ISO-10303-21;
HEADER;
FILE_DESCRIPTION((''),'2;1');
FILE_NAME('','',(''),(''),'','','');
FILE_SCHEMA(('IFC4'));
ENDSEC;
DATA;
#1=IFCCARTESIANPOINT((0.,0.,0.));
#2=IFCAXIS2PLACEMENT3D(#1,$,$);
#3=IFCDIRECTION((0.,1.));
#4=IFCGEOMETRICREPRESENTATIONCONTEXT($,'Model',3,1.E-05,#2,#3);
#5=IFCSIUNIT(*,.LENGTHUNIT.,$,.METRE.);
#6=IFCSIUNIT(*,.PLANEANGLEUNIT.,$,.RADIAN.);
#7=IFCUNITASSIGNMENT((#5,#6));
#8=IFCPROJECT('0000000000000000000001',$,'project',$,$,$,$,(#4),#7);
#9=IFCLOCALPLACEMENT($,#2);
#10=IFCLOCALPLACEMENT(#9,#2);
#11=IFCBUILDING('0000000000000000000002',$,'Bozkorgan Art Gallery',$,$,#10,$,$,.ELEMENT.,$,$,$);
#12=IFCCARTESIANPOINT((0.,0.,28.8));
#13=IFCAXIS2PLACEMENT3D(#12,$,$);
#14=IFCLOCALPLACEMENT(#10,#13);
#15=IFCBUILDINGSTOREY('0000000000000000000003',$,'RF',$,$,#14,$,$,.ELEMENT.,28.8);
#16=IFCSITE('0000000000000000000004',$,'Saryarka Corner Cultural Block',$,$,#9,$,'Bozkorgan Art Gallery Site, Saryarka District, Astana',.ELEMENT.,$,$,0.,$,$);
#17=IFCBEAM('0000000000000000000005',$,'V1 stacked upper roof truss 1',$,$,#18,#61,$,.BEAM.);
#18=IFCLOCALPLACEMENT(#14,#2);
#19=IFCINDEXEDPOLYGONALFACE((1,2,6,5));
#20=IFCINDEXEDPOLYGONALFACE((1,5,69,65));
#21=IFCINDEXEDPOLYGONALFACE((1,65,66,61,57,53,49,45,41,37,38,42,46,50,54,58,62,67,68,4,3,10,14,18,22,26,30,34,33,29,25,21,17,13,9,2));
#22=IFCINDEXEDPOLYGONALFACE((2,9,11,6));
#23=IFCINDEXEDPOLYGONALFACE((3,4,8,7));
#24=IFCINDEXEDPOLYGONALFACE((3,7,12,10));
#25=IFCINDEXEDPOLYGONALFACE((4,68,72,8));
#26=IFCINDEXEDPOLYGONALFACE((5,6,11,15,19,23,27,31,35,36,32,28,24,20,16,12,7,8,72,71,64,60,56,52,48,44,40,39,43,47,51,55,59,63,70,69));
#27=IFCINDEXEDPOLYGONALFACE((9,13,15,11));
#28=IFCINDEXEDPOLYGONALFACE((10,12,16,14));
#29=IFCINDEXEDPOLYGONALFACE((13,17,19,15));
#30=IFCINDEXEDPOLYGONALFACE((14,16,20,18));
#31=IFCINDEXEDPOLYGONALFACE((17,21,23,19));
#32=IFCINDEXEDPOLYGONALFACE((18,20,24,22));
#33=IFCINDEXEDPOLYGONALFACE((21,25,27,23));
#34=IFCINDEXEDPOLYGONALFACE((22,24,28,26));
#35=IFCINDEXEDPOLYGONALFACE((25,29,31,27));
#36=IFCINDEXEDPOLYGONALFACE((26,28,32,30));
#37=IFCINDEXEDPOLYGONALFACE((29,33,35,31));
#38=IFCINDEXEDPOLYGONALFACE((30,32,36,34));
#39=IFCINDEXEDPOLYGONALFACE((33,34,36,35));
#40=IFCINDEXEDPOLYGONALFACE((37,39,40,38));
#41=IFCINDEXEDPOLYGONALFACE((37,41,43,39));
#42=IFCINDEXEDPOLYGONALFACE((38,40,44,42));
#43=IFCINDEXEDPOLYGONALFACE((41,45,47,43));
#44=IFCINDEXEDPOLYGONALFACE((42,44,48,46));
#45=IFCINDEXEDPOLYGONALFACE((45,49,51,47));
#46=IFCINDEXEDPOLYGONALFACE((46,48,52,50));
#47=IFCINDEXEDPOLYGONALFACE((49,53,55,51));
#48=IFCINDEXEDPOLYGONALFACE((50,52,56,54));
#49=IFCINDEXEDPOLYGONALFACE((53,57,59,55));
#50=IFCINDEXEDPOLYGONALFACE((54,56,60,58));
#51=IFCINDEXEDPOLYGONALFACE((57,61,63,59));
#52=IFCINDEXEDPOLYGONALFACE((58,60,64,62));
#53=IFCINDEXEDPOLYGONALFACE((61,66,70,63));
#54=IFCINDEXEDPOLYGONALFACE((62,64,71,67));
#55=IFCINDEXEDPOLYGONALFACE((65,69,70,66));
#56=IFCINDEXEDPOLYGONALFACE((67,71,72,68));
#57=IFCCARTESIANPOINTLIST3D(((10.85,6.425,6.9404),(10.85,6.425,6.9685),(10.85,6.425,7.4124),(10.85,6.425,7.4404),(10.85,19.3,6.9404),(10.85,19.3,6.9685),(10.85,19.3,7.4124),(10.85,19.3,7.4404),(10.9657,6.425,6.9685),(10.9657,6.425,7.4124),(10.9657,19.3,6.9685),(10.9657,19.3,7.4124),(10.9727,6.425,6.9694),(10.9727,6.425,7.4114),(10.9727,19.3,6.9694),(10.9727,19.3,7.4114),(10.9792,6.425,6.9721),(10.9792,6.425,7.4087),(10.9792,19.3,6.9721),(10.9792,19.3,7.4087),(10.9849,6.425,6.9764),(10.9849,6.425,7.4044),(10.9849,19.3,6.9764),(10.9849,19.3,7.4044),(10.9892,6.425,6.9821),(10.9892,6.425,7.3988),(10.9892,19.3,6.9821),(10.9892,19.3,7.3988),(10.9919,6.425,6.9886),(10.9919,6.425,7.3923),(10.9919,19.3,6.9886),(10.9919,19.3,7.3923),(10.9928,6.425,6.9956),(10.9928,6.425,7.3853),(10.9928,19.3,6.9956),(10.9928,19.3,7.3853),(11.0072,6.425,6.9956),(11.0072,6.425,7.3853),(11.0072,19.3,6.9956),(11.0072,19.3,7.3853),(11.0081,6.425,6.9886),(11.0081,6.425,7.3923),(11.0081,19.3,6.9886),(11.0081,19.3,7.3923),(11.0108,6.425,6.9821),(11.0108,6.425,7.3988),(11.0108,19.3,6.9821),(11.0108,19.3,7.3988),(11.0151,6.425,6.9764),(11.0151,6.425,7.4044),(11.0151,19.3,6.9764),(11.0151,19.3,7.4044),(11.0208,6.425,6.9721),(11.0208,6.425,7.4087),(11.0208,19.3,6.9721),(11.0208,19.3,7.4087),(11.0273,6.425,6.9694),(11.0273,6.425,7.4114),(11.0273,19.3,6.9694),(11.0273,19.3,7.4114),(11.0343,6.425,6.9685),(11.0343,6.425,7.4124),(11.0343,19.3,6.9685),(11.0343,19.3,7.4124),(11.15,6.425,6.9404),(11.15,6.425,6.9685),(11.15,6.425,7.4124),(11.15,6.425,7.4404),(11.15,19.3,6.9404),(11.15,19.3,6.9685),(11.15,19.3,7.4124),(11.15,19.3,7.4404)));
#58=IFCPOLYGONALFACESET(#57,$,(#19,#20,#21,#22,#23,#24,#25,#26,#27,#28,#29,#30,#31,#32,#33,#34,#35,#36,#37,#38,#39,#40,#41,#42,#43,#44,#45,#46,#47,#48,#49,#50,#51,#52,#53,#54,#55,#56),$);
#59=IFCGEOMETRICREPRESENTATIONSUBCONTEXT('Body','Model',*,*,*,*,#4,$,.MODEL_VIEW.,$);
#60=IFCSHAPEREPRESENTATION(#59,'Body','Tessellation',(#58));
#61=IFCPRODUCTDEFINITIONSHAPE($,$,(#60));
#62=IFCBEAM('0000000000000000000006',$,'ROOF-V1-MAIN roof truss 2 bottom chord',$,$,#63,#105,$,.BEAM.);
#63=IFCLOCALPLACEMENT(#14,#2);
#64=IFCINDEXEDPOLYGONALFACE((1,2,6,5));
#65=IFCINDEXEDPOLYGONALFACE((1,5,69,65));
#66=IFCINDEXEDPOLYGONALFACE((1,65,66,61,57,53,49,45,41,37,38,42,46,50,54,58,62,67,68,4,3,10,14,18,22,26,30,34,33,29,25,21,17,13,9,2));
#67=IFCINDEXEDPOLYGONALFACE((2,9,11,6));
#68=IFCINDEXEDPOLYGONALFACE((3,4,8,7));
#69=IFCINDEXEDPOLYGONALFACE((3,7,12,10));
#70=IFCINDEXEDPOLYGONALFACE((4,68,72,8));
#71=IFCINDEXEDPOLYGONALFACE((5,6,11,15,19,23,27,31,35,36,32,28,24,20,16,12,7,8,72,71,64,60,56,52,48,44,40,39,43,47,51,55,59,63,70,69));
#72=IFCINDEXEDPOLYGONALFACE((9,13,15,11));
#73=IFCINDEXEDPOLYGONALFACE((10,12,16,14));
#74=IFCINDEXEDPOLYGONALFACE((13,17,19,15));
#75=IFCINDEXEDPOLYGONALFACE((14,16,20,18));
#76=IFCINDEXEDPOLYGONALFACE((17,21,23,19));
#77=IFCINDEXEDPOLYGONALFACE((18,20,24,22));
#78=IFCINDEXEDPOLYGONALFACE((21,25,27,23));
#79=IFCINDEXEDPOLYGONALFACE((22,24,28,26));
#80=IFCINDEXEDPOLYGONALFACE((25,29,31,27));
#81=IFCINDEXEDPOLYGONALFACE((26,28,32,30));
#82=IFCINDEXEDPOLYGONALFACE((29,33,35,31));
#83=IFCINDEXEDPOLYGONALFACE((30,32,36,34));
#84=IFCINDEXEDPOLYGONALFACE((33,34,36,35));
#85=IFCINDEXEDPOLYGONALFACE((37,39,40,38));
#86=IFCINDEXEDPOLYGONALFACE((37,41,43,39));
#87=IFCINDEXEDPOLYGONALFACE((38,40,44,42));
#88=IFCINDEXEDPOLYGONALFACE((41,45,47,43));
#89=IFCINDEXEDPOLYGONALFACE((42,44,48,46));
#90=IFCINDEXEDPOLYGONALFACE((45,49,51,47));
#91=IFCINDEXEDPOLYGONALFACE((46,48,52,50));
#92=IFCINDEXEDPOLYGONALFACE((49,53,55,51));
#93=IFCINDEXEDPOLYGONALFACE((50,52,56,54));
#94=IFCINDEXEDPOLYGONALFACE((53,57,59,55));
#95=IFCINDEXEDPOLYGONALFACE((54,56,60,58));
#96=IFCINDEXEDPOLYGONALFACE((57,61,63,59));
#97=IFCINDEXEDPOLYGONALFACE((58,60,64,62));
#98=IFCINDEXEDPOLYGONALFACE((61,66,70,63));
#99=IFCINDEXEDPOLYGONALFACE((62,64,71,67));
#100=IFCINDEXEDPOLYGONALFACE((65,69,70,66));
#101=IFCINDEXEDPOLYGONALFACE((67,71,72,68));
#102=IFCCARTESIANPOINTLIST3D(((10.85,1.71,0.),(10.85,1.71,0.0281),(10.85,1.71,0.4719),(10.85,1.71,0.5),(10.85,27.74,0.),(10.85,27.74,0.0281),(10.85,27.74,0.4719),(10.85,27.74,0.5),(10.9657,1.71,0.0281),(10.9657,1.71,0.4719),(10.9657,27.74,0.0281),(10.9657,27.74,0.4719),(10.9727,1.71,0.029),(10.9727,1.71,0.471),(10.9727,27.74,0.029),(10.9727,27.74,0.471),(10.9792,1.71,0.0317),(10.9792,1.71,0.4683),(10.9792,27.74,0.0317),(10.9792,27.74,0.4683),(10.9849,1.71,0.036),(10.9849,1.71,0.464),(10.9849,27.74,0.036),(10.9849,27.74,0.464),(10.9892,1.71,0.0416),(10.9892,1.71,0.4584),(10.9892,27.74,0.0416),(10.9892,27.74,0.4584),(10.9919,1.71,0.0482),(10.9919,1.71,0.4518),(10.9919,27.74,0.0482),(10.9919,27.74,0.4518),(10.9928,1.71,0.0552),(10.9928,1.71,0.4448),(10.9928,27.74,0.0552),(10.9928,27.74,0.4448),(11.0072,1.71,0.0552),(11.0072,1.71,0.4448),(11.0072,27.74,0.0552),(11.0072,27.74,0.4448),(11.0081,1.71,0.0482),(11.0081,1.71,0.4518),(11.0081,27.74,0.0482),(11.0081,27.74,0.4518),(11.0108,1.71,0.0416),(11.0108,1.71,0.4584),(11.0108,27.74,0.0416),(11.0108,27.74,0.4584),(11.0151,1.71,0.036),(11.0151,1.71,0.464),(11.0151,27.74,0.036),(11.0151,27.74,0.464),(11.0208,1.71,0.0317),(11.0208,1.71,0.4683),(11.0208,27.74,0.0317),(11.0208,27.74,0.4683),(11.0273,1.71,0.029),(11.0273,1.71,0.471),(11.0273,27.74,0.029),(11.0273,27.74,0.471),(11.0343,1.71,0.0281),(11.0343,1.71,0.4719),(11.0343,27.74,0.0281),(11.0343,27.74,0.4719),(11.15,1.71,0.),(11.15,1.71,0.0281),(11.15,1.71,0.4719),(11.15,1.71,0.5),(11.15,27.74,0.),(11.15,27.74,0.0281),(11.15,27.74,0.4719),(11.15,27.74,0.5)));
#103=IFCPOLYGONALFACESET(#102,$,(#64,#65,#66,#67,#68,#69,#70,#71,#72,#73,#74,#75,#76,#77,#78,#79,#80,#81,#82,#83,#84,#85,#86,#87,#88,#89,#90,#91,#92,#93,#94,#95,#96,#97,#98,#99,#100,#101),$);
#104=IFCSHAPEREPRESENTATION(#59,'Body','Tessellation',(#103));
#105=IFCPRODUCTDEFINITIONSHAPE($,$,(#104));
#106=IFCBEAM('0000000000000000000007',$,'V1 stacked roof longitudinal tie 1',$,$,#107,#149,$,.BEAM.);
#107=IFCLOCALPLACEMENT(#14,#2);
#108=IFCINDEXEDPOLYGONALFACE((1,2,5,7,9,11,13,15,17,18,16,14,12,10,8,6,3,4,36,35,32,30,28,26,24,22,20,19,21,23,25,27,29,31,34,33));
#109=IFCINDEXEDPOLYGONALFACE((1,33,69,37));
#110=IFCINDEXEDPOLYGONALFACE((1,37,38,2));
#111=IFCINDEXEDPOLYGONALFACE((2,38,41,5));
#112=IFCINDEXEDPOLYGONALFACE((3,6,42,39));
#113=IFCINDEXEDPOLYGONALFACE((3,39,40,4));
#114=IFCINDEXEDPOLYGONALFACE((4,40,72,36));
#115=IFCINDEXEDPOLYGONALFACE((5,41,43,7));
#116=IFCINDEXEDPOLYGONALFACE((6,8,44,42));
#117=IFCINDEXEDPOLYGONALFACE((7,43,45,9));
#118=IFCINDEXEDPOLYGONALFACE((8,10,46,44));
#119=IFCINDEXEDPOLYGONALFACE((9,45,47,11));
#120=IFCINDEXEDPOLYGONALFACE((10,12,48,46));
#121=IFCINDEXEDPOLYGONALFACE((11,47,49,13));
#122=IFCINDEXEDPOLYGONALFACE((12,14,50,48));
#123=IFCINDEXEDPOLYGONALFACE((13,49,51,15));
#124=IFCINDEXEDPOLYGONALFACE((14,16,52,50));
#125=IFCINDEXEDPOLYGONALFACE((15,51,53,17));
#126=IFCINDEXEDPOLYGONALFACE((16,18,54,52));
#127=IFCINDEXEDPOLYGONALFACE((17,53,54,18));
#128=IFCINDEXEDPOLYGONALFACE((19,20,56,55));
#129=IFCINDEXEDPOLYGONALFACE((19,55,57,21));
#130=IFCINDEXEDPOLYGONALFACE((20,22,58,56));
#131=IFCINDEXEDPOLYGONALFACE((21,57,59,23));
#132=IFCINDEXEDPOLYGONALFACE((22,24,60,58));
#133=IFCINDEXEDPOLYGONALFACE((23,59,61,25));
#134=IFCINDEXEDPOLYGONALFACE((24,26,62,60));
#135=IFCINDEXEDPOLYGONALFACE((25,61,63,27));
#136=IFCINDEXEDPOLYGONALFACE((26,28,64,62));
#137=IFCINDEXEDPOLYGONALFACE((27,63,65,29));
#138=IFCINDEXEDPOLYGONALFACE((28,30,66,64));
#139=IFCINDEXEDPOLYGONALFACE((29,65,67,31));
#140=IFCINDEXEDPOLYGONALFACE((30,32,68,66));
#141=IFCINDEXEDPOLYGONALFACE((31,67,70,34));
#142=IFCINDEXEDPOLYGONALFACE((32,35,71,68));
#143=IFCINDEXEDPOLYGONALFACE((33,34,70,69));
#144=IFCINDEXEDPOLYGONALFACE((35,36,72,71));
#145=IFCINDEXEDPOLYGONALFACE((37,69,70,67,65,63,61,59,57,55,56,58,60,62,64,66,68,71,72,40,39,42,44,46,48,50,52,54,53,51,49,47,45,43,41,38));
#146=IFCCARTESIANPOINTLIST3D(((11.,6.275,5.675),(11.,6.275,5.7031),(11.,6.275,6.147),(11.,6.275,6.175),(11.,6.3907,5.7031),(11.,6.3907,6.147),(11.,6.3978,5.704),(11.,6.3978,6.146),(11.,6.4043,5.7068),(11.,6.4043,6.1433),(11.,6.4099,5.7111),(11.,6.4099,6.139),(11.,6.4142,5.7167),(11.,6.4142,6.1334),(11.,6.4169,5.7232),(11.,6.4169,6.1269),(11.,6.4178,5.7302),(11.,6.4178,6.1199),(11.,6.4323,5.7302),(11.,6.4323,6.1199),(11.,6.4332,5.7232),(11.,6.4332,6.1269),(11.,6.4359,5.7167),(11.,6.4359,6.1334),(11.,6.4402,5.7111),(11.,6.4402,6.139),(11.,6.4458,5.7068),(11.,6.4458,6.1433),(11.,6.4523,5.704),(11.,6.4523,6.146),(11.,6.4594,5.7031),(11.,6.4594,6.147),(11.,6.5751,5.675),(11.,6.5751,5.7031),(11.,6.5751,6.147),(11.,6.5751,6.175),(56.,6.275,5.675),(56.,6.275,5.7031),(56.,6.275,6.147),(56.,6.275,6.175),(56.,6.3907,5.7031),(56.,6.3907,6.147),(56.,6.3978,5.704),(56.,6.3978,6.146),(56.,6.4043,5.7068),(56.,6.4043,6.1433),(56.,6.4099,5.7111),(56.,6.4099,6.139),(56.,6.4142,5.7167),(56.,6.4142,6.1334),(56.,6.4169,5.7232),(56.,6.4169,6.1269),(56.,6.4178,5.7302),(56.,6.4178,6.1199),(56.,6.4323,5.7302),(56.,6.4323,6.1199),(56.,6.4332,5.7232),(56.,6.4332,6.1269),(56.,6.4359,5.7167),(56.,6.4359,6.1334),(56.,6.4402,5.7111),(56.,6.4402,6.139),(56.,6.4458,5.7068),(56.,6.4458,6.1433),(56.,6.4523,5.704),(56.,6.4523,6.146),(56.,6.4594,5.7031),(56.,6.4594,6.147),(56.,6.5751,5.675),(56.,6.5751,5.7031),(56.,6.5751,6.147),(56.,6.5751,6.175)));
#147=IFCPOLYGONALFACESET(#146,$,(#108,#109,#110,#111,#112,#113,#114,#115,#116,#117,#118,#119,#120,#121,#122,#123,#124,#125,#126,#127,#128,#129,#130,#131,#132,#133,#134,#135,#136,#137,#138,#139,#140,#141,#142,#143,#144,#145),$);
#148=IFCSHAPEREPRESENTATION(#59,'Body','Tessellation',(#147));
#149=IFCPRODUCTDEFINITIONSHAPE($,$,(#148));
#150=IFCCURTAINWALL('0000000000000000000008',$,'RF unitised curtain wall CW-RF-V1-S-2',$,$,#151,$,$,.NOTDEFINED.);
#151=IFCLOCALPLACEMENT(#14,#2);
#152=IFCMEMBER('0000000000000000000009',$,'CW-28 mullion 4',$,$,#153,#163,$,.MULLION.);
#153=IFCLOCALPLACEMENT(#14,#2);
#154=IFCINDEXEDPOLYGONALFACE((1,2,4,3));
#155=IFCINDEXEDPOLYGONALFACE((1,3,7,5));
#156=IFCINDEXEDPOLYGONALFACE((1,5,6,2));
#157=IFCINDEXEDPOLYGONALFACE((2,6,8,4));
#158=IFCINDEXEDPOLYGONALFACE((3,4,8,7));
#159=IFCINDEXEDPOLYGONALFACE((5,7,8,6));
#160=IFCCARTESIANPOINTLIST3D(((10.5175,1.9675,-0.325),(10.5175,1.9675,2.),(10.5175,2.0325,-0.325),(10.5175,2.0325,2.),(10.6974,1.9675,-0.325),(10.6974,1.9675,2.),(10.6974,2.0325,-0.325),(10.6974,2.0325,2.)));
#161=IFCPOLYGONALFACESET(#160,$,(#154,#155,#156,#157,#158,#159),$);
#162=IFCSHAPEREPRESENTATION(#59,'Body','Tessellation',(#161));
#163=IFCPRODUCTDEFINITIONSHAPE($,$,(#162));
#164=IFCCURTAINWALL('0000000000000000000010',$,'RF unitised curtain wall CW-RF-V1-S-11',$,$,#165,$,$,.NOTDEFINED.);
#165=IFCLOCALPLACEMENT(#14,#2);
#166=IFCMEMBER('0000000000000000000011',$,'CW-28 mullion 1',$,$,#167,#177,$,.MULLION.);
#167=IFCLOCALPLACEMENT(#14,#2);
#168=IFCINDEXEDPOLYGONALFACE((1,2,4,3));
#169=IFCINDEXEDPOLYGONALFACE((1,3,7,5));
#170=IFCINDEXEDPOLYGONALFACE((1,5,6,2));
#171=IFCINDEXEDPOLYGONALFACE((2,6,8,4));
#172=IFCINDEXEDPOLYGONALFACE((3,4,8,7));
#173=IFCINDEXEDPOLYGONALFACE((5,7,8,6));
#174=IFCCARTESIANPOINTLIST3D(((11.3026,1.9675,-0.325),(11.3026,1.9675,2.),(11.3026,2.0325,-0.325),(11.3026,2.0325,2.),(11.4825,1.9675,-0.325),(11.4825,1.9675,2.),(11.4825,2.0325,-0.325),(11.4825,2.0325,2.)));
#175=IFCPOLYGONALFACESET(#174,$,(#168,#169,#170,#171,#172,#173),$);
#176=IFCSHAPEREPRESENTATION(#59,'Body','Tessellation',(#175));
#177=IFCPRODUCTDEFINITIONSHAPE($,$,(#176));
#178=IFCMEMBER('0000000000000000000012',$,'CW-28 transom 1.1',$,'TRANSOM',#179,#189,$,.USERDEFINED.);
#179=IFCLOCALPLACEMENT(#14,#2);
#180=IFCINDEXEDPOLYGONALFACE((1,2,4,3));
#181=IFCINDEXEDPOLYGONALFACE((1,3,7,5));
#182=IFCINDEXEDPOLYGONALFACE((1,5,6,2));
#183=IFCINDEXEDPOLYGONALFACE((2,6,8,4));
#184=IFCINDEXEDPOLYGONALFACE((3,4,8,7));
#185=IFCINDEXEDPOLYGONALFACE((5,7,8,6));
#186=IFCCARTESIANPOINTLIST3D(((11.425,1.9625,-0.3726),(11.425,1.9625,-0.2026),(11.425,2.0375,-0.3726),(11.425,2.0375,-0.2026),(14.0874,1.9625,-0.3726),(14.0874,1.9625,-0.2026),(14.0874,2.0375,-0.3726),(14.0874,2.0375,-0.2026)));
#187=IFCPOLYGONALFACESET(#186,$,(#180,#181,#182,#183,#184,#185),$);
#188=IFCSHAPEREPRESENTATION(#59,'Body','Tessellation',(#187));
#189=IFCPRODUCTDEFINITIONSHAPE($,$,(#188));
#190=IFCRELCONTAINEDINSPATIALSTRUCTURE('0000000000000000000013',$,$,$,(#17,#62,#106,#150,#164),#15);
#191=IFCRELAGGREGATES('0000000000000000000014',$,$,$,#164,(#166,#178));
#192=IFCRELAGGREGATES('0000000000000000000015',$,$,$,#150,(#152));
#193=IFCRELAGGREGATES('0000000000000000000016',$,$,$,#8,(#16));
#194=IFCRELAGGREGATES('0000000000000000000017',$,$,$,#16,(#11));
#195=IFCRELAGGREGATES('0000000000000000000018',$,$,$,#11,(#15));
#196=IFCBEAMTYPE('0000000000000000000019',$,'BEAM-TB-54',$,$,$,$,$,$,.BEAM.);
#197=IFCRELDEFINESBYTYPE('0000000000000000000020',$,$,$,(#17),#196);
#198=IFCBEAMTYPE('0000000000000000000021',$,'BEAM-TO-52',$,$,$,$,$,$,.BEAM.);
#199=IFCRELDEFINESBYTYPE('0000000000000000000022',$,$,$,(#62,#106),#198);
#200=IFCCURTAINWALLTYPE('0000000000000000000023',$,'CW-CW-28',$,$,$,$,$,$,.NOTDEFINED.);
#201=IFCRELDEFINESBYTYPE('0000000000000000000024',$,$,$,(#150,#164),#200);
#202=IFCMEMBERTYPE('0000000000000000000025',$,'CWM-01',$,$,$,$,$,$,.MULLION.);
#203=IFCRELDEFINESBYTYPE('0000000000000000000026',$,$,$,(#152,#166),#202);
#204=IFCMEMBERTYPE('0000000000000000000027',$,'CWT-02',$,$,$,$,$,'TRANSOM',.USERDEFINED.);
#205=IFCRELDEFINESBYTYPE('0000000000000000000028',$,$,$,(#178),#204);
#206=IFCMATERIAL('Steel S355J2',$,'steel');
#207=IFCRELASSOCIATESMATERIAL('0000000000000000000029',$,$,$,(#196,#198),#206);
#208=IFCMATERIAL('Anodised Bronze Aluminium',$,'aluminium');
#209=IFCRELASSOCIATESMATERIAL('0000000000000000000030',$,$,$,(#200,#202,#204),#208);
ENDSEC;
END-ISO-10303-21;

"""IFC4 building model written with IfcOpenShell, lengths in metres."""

from ifc_helpers import new_model, si_unit, direction, frame, origin, origin_2d, place, context, subcontext, project, spatial, rectangle, i_section, extrude, material, material_profile, profile_set, type_object, element, aggregate, save


model = new_model("IFC4")

# Units and contexts
model_context = context("Model", 3, precision=1e-05, world=origin(), true_north=direction((0.0, 1.0)))
body_context = subcontext(model_context, "Body", "Model", "MODEL_VIEW")
ifc_project = project(units=[si_unit("LENGTHUNIT", "METRE"), si_unit("PLANEANGLEUNIT", "RADIAN")], contexts=[model_context])

# Site, building, storey
site_placement = place(None, origin())
site = spatial("IfcSite", under=ifc_project, at=site_placement, Name="Saryarka Corner Cultural Block", LongName="Bozkorgan Art Gallery Site, Saryarka District, Astana", CompositionType="ELEMENT", RefElevation=0.0)
building_placement = place(site_placement, origin())
building = spatial("IfcBuilding", under=site, at=building_placement, Name="Bozkorgan Art Gallery", CompositionType="ELEMENT")
storey_placement = place(building_placement, frame((0.0, 0.0, 28.8)))
storey = spatial("IfcBuildingStorey", under=building, at=storey_placement, Name="RF", CompositionType="ELEMENT", Elevation=28.8)

# Beams
ifc_material_1 = material(Name="Steel S355J2", Category="steel")
ifc_material_profile_1 = material_profile(ifc_material_1, i_section(OverallWidth=0.3, OverallDepth=0.5, WebThickness=0.0144, FlangeThickness=0.0281, FilletRadius=0.0271, at=origin_2d()), Name="HEB 500")
ifc_profile_set_1 = profile_set([ifc_material_profile_1], Name="Steel S355J2")
beam_type_1 = type_object("IfcBeamType", Name="BEAM-TB-54", PredefinedType="BEAM", material=ifc_profile_set_1)
beam_1_placement = place(storey_placement, frame((11.0, 6.425, 7.1904), z_axis=(0.0, 1.0, 0.0), x_axis=(-1.0, 0.0, 0.0)))
element("IfcBeam", 1, at=beam_1_placement, inside=storey, type_object=beam_type_1, Name="V1 stacked upper roof truss 1", PredefinedType="BEAM", context=body_context, shape_type="SweptSolid", body=[
    extrude(i_section(OverallWidth=0.3, OverallDepth=0.5, WebThickness=0.0144, FlangeThickness=0.0281, FilletRadius=0.0271, at=origin_2d()), origin(), (0.0, 0.0, 1.0), 12.875),
])
ifc_material_profile_2 = material_profile(ifc_material_1, i_section(OverallWidth=0.3, OverallDepth=0.5, WebThickness=0.0144, FlangeThickness=0.0281, FilletRadius=0.0271, at=origin_2d()), Name="HEB 500")
ifc_profile_set_2 = profile_set([ifc_material_profile_2], Name="Steel S355J2")
beam_type_2 = type_object("IfcBeamType", Name="BEAM-TO-52", PredefinedType="BEAM", material=ifc_profile_set_2)
beam_2_placement = place(storey_placement, frame((11.0, 1.71, 0.25), z_axis=(0.0, 1.0, 0.0), x_axis=(-1.0, 0.0, 0.0)))
element("IfcBeam", 2, at=beam_2_placement, inside=storey, type_object=beam_type_2, Name="ROOF-V1-MAIN roof truss 2 bottom chord", PredefinedType="BEAM", context=body_context, shape_type="SweptSolid", body=[
    extrude(i_section(OverallWidth=0.3, OverallDepth=0.5, WebThickness=0.0144, FlangeThickness=0.0281, FilletRadius=0.0271, at=origin_2d()), origin(), (0.0, 0.0, 1.0), 26.03),
])
beam_3_placement = place(storey_placement, frame((11.0, 6.425, 5.925), z_axis=(1.0, 0.0, 0.0), x_axis=(0.0, 1.0, 0.0)))
element("IfcBeam", 3, at=beam_3_placement, inside=storey, type_object=beam_type_2, Name="V1 stacked roof longitudinal tie 1", PredefinedType="BEAM", context=body_context, shape_type="SweptSolid", body=[
    extrude(i_section(OverallWidth=0.3, OverallDepth=0.5, WebThickness=0.0144, FlangeThickness=0.0281, FilletRadius=0.0271, at=origin_2d()), origin(), (0.0, 0.0, 1.0), 45.0),
])

# Curtain wall, member
ifc_material_2 = material(Name="Anodised Bronze Aluminium", Category="aluminium")
curtain_wall_type = type_object("IfcCurtainWallType", Name="CW-CW-28", PredefinedType="NOTDEFINED", material=ifc_material_2)
curtain_wall_1_placement = place(storey_placement, origin())
curtain_wall_1 = element("IfcCurtainWall", 4, at=curtain_wall_1_placement, inside=storey, type_object=curtain_wall_type, Name="RF unitised curtain wall CW-RF-V1-S-2", PredefinedType="NOTDEFINED")
ifc_material_profile_3 = material_profile(ifc_material_2, rectangle(XDim=0.0649, YDim=0.1799, at=origin_2d()), Name="ALU MULLION 65x180")
ifc_profile_set_3 = profile_set([ifc_material_profile_3], Name="Anodised Bronze Aluminium")
member_type_1 = type_object("IfcMemberType", Name="CWM-01", PredefinedType="MULLION", material=ifc_profile_set_3)
member_1_placement = place(storey_placement, frame((10.6074, 2.0, -0.325), z_axis=(0.0, 0.0, 1.0), x_axis=(0.0, 1.0, 0.0)))
member_1 = element("IfcMember", 5, at=member_1_placement, type_object=member_type_1, Name="CW-28 mullion 4", PredefinedType="MULLION", context=body_context, shape_type="SweptSolid", body=[
    extrude(rectangle(XDim=0.0649, YDim=0.1799, at=origin_2d()), origin(), (0.0, 0.0, 1.0), 2.325),
])

# Curtain wall, members
curtain_wall_2_placement = place(storey_placement, origin())
curtain_wall_2 = element("IfcCurtainWall", 6, at=curtain_wall_2_placement, inside=storey, type_object=curtain_wall_type, Name="RF unitised curtain wall CW-RF-V1-S-11", PredefinedType="NOTDEFINED")
member_2_placement = place(storey_placement, frame((11.3926, 2.0, -0.325), z_axis=(0.0, 0.0, 1.0), x_axis=(0.0, 1.0, 0.0)))
member_2 = element("IfcMember", 7, at=member_2_placement, type_object=member_type_1, Name="CW-28 mullion 1", PredefinedType="MULLION", context=body_context, shape_type="SweptSolid", body=[
    extrude(rectangle(XDim=0.0649, YDim=0.1799, at=origin_2d()), origin(), (0.0, 0.0, 1.0), 2.325),
])
ifc_material_profile_4 = material_profile(ifc_material_2, rectangle(XDim=0.075, YDim=0.1699, at=origin_2d()), Name="ALU TRANSOM 75x170")
ifc_profile_set_4 = profile_set([ifc_material_profile_4], Name="Anodised Bronze Aluminium")
member_type_2 = type_object("IfcMemberType", Name="CWT-02", ElementType="TRANSOM", PredefinedType="USERDEFINED", material=ifc_profile_set_4)
member_3_placement = place(storey_placement, frame((11.425, 2.0, -0.2876), z_axis=(1.0, 0.0, 0.0), x_axis=(0.0, 1.0, 0.0)))
member_3 = element("IfcMember", 8, at=member_3_placement, type_object=member_type_2, Name="CW-28 transom 1.1", ObjectType="TRANSOM", PredefinedType="USERDEFINED", context=body_context, shape_type="SweptSolid", body=[
    extrude(rectangle(XDim=0.075, YDim=0.1699, at=origin_2d()), origin(), (0.0, 0.0, 1.0), 2.6624),
])
aggregate(curtain_wall_2, [member_2, member_3])

aggregate(curtain_wall_1, [member_1])

save(model, "model.ifc")
